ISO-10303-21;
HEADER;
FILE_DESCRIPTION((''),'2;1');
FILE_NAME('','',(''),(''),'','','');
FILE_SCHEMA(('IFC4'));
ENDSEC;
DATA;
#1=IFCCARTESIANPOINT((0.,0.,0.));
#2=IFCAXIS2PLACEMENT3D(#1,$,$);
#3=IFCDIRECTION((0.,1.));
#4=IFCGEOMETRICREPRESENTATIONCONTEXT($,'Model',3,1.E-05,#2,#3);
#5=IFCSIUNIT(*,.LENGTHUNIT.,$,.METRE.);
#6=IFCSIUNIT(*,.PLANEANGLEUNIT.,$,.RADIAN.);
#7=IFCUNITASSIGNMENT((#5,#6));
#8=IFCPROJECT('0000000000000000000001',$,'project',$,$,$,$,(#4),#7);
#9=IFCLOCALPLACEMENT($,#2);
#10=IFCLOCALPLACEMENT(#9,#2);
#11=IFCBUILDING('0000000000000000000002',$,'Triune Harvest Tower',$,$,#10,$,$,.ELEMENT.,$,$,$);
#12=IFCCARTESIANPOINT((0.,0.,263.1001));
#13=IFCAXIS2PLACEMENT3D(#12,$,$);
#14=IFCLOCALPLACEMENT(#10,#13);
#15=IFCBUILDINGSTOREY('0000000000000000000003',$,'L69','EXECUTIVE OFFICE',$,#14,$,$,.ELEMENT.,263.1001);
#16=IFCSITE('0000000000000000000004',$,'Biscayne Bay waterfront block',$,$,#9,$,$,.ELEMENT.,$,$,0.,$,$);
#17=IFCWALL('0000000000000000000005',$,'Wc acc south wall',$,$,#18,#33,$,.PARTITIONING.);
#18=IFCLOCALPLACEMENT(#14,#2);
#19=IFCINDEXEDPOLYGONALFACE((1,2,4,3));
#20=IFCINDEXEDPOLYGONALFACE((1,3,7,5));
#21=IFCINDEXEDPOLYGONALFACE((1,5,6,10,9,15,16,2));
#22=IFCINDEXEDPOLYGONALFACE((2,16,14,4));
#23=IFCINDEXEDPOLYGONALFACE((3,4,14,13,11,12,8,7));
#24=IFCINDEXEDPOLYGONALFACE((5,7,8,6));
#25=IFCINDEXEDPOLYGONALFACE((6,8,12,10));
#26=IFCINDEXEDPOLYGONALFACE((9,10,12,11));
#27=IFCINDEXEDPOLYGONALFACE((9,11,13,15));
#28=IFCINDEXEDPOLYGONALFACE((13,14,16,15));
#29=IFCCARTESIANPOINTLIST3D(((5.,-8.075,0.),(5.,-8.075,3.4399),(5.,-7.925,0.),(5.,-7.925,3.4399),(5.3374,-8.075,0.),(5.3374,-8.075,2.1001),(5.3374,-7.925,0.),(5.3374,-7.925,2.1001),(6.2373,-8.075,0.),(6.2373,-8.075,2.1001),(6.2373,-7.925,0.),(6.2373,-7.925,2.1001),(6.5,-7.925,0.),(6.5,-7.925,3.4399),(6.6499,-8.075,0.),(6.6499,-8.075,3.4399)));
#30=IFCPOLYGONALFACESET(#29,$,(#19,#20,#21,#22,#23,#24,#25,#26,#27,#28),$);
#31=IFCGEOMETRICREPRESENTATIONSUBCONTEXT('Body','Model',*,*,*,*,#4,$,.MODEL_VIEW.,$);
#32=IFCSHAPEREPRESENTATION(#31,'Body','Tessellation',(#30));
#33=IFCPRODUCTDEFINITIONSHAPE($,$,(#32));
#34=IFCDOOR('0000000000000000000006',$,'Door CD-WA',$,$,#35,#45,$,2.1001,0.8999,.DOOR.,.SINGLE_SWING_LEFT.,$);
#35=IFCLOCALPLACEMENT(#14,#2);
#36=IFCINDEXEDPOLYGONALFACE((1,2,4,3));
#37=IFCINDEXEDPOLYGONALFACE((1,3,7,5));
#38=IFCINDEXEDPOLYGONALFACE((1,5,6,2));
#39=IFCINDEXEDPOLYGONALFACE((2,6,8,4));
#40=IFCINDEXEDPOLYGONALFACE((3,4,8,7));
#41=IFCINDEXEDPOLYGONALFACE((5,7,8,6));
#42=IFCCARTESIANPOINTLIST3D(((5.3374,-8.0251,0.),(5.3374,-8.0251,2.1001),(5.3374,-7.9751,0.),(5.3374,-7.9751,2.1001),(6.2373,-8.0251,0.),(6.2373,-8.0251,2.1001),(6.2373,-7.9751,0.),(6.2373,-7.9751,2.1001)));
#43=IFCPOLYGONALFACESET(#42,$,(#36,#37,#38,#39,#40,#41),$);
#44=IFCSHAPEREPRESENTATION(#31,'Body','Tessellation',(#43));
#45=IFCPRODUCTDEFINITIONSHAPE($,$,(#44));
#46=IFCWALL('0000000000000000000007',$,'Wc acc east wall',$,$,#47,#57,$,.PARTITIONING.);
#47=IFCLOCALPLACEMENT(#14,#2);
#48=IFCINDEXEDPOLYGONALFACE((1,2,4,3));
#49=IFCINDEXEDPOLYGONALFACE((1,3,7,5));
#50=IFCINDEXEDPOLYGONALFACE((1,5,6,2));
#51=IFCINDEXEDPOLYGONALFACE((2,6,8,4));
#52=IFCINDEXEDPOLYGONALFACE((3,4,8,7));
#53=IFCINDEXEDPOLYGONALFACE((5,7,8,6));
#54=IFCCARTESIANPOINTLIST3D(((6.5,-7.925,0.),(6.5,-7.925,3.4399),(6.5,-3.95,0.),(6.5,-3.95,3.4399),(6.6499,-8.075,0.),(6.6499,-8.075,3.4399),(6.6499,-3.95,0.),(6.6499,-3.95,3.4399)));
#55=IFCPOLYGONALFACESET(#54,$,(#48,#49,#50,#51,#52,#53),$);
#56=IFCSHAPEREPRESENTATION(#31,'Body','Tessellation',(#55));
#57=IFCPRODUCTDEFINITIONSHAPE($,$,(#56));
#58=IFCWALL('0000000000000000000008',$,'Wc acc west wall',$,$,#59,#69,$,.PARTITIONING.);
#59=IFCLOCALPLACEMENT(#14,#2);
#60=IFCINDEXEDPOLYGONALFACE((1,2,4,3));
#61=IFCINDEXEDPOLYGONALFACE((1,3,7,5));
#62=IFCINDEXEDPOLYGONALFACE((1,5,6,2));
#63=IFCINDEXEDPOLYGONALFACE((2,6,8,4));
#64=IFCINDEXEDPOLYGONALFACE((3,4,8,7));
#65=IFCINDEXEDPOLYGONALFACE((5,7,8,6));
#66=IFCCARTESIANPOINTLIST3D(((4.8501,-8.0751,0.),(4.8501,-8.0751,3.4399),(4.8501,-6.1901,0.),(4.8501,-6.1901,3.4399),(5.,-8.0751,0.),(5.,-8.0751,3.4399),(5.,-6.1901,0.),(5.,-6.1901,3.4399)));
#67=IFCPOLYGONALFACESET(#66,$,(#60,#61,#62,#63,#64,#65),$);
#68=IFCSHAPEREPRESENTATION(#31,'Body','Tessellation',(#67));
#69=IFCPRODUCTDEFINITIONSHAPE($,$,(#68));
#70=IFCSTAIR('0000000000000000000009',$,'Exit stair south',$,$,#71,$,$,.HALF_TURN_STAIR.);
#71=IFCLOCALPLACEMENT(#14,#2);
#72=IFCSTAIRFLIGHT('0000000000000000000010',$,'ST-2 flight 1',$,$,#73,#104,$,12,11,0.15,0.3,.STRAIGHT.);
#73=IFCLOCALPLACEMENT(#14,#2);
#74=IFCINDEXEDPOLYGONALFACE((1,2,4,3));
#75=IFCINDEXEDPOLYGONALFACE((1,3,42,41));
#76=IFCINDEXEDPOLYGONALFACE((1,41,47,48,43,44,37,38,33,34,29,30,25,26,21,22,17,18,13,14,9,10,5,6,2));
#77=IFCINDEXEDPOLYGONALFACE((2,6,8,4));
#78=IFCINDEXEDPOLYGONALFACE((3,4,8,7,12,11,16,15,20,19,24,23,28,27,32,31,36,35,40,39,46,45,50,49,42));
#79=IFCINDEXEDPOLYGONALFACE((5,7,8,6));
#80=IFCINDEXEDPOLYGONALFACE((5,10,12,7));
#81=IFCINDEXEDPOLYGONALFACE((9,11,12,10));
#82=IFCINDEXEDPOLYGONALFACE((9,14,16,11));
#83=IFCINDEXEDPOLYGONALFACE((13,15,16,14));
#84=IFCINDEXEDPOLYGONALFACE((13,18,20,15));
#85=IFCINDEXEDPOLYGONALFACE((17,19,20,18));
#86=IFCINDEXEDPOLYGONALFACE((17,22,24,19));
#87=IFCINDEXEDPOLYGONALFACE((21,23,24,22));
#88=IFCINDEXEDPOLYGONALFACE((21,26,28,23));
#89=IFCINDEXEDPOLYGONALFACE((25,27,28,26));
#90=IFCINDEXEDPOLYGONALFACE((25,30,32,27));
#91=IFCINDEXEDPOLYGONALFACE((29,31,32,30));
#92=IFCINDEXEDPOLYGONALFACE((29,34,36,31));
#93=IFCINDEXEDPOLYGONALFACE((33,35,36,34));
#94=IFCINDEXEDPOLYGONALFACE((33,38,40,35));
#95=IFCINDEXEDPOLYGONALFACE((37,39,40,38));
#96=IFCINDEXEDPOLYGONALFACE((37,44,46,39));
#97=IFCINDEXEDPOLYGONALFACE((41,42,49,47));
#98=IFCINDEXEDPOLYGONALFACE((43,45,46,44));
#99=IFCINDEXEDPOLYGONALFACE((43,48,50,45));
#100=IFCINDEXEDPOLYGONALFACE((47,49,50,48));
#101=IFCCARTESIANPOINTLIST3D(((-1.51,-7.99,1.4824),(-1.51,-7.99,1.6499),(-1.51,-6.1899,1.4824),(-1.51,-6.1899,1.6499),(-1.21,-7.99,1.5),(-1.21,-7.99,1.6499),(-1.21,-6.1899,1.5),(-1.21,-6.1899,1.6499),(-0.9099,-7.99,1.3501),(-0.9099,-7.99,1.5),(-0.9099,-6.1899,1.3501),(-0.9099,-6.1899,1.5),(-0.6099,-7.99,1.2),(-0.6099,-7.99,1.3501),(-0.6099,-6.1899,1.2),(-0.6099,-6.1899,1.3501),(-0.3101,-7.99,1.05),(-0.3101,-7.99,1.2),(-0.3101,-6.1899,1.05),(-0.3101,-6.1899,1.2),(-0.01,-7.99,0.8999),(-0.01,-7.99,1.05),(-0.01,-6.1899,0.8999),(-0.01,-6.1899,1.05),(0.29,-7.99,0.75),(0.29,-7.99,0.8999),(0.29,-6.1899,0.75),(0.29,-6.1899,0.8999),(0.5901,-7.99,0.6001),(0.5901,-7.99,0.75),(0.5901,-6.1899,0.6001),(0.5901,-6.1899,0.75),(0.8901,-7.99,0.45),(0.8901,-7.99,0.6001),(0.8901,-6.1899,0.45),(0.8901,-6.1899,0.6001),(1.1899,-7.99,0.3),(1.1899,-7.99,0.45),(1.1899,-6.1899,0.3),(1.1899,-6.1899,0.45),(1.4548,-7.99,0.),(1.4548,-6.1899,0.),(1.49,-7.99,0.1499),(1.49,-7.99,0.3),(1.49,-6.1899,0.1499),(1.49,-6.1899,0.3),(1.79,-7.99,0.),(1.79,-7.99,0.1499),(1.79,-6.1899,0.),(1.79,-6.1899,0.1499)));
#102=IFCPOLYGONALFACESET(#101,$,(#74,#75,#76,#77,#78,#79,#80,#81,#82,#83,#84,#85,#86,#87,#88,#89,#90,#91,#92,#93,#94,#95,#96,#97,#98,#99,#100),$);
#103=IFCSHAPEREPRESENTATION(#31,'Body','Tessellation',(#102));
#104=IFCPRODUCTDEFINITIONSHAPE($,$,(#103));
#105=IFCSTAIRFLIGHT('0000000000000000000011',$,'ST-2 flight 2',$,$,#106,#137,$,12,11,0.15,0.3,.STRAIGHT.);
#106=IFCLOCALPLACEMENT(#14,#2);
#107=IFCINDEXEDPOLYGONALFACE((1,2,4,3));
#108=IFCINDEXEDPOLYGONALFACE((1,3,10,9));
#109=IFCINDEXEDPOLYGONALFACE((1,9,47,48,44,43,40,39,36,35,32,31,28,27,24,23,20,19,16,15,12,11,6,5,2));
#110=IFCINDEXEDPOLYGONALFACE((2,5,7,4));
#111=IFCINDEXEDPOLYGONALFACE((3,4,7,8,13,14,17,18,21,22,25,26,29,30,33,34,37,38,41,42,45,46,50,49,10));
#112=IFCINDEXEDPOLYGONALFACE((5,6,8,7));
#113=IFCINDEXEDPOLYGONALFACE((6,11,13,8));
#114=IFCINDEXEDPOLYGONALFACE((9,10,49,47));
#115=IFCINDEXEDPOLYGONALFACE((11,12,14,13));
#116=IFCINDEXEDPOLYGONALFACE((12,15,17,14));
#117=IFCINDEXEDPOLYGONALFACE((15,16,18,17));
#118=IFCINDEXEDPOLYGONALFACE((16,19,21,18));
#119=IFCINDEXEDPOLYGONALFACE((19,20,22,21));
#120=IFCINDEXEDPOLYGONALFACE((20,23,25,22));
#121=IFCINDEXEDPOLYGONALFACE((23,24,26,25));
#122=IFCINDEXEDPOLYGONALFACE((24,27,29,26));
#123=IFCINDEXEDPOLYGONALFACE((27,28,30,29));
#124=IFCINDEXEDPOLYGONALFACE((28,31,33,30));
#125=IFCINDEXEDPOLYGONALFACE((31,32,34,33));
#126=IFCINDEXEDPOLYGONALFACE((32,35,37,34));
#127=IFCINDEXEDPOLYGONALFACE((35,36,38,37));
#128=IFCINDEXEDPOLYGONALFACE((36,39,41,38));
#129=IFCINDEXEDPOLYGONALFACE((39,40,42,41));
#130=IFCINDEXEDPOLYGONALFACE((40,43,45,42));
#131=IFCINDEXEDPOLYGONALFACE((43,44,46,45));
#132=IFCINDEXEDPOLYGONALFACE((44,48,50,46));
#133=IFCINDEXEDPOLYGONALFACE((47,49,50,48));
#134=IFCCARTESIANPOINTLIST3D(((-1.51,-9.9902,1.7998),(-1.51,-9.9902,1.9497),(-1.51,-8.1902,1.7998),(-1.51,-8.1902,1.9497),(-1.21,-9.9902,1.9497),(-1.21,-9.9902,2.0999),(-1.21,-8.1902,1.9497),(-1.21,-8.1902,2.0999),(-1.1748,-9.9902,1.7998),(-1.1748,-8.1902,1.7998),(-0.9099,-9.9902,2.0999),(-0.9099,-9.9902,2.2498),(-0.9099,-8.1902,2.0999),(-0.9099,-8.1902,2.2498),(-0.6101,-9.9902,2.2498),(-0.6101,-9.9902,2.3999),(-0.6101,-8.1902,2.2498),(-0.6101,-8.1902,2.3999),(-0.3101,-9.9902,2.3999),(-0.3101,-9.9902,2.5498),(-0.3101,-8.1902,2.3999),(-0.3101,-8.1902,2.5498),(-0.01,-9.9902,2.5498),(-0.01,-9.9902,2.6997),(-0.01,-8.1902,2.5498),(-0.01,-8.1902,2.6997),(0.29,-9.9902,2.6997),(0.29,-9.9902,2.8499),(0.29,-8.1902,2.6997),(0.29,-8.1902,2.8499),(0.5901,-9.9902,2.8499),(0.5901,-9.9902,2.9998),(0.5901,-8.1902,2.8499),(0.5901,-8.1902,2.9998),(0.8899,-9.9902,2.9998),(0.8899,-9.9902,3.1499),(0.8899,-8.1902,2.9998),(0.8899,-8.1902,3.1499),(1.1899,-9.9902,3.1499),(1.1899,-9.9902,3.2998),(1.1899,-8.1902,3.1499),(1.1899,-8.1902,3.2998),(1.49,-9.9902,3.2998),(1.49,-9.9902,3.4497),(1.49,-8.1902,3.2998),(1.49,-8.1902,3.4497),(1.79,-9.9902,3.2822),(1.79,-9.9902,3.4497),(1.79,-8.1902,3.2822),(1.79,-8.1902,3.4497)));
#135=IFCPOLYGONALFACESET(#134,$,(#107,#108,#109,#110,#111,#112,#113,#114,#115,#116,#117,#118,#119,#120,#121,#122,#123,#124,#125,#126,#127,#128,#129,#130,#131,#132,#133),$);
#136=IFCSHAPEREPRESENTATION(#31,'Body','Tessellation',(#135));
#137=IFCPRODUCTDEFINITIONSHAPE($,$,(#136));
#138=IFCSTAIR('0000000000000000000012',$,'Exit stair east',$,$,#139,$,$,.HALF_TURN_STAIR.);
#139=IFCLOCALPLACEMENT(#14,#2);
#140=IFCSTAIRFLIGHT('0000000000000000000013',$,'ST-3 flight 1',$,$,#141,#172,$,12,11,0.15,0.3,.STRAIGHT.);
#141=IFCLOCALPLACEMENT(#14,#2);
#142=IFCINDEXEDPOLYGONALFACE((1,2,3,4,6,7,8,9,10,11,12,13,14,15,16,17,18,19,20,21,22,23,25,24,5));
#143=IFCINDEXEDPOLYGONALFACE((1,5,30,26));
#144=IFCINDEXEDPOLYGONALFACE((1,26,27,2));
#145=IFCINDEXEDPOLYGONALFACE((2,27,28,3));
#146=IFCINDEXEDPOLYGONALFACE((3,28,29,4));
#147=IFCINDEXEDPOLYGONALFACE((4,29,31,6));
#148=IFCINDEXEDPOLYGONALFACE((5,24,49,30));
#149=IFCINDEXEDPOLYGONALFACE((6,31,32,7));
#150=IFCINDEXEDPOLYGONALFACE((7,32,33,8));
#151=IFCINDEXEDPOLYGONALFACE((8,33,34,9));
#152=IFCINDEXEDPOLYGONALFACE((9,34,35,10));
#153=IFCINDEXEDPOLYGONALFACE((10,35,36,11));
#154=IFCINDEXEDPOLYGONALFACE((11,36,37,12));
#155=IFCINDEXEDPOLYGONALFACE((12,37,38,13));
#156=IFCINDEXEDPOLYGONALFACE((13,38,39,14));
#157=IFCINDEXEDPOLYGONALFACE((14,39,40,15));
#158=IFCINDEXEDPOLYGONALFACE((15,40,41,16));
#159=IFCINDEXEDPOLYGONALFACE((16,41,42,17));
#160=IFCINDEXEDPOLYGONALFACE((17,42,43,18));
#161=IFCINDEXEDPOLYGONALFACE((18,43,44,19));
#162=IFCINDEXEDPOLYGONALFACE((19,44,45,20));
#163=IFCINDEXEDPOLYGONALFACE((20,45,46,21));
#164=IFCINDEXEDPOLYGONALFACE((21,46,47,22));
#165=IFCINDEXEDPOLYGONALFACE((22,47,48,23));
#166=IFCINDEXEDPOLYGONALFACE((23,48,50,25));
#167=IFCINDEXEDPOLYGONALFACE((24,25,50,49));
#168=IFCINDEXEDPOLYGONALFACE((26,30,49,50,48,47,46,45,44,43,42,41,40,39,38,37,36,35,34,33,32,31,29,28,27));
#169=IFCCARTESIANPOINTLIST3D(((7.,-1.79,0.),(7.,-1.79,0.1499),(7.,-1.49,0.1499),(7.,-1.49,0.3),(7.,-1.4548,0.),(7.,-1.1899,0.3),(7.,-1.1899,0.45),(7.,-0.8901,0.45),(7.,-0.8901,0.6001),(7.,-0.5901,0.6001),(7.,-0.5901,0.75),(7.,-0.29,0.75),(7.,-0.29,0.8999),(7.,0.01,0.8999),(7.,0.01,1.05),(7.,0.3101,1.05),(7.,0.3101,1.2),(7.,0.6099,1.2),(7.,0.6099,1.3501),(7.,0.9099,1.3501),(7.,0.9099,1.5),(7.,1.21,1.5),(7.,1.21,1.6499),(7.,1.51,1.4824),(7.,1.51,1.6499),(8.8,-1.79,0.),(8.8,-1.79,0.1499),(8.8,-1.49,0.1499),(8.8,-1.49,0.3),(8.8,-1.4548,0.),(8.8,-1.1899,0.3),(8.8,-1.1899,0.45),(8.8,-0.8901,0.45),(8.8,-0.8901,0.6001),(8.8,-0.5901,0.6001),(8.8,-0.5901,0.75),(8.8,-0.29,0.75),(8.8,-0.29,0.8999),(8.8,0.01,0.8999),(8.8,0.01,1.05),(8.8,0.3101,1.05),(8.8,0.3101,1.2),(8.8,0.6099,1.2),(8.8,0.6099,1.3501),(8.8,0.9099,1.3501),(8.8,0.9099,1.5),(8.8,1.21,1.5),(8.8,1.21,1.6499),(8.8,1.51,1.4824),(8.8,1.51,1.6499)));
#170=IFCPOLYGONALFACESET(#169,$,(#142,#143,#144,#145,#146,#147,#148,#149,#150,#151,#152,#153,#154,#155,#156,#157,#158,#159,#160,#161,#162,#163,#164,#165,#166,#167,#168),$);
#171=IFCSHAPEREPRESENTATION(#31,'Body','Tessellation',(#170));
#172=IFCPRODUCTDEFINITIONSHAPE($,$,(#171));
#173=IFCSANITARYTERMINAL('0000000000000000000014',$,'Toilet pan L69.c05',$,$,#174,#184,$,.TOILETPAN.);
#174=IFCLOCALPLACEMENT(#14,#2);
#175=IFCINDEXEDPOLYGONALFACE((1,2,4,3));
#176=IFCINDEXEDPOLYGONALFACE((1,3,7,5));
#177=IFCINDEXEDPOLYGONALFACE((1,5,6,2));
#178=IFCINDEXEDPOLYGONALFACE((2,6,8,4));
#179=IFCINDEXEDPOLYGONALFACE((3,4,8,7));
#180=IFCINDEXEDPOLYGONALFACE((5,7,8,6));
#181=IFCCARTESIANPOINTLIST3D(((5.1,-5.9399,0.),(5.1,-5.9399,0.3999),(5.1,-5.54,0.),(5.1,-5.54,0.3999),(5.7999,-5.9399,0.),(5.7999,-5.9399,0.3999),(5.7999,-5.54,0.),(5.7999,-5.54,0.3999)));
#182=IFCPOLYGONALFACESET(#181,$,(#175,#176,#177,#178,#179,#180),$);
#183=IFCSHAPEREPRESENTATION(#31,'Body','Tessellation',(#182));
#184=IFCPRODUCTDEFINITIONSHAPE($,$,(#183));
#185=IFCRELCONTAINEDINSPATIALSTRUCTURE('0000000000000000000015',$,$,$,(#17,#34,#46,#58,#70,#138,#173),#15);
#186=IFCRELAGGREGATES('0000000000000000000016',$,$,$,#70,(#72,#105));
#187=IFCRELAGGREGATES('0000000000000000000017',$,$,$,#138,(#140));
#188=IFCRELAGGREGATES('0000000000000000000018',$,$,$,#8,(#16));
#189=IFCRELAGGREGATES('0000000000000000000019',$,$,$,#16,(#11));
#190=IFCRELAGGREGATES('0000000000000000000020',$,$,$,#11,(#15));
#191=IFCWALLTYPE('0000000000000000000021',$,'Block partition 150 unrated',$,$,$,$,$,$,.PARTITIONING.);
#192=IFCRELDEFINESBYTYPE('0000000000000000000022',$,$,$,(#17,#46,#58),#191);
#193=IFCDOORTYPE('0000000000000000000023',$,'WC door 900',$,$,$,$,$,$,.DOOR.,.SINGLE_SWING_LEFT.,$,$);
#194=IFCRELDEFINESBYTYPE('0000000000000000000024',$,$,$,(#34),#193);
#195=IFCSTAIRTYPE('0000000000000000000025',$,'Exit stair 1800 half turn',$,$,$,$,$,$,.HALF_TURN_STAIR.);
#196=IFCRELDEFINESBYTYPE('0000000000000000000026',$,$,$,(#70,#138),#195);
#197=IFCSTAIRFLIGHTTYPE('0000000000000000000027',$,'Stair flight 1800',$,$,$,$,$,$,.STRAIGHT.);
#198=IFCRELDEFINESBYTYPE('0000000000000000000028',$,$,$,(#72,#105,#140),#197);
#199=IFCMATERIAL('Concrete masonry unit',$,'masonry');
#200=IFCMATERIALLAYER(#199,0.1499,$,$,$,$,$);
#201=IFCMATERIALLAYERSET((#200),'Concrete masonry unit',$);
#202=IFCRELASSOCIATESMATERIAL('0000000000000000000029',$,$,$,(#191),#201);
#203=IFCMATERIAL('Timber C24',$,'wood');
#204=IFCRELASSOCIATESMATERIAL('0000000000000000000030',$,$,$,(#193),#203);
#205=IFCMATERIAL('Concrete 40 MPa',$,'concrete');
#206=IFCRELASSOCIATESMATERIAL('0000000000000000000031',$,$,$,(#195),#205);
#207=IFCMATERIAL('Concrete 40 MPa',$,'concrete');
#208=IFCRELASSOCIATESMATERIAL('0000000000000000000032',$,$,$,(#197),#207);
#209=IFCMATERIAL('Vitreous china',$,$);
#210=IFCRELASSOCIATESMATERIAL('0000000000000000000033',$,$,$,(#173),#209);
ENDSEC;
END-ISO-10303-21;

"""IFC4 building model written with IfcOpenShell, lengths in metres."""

from ifc_helpers import new_model, si_unit, direction, frame, frame_2d, origin, origin_2d, place, context, subcontext, project, spatial, polyline, rectangle, outline, extrude, source, transform, mapped, material, layer, layer_set, type_object, element, fill, aggregate, save


model = new_model("IFC4")

# Units and contexts
model_context = context("Model", 3, precision=1e-05, world=origin(), true_north=direction((0.0, 1.0)))
body_context = subcontext(model_context, "Body", "Model", "MODEL_VIEW")
ifc_project = project(units=[si_unit("LENGTHUNIT", "METRE"), si_unit("PLANEANGLEUNIT", "RADIAN")], contexts=[model_context])

# Site, building, storey
site_placement = place(None, origin())
site = spatial("IfcSite", under=ifc_project, at=site_placement, Name="Biscayne Bay waterfront block", CompositionType="ELEMENT", RefElevation=0.0)
building_placement = place(site_placement, origin())
building = spatial("IfcBuilding", under=site, at=building_placement, Name="Triune Harvest Tower", CompositionType="ELEMENT")
storey_placement = place(building_placement, frame((0.0, 0.0, 263.1001)))
storey = spatial("IfcBuildingStorey", under=building, at=storey_placement, Name="L69", Description="EXECUTIVE OFFICE", CompositionType="ELEMENT", Elevation=263.1001)

# Wall, opening, door
ifc_material_1 = material(Name="Concrete masonry unit", Category="masonry")
ifc_layer_1 = layer(ifc_material_1, 0.1499)
ifc_layer_set_1 = layer_set([ifc_layer_1], Name="Concrete masonry unit")
wall_type_1 = type_object("IfcWallType", Name="Block partition 150 unrated", PredefinedType="PARTITIONING", material=ifc_layer_set_1)
shared_shape_1 = source(origin(), body_context, "Body", "SweptSolid", [
    extrude(outline(polyline([(0.0, -0.075), (1.6499, -0.075), (1.5, 0.075), (0.0, 0.075), (0.0, -0.075)])), origin(), (0.0, 0.0, 1.0), 3.4399),
])
wall_1_placement = place(storey_placement, frame((5.0, -8.0, 0.0), z_axis=(0.0, 0.0, 1.0), x_axis=(1.0, 0.0, 0.0)))
wall_1 = element("IfcWall", 1, at=wall_1_placement, inside=storey, type_object=wall_type_1, Name="Wc acc south wall", PredefinedType="PARTITIONING", context=body_context, shape_type="MappedRepresentation", body=[
    mapped(shared_shape_1, transform((0.0, 0.0, 0.0), scale=1.0)),
])
opening_1_placement = place(wall_1_placement, frame((0.3374, 0.0, 0.0)))
opening_1 = element("IfcOpeningElement", 2, at=opening_1_placement, cuts=wall_1, PredefinedType="OPENING", context=body_context, shape_type="SweptSolid", body=[
    extrude(rectangle(XDim=0.8999, YDim=2.1001, at=frame_2d((0.45, 1.05))), frame((0.0, 0.085, 0.0), z_axis=(0.0, -1.0, 0.0), x_axis=(1.0, 0.0, 0.0)), (0.0, 0.0, 1.0), 0.1699),
])
ifc_material_2 = material(Name="Timber C24", Category="wood")
door_type_1 = type_object("IfcDoorType", Name="WC door 900", OperationType="SINGLE_SWING_LEFT", PredefinedType="DOOR", material=ifc_material_2)
door_1_placement = place(opening_1_placement, origin())
door_1 = element("IfcDoor", 3, at=door_1_placement, inside=storey, type_object=door_type_1, Name="Door CD-WA", OperationType="SINGLE_SWING_LEFT", OverallHeight=2.1001, OverallWidth=0.8999, PredefinedType="DOOR", context=body_context, shape_type="SweptSolid", body=[
    extrude(rectangle(XDim=0.8999, YDim=2.1001, at=frame_2d((0.45, 1.05))), frame((0.0, 0.0249, 0.0), z_axis=(0.0, -1.0, 0.0), x_axis=(1.0, 0.0, 0.0)), (0.0, 0.0, 1.0), 0.05),
])
fill(opening_1, door_1)

# Walls
shared_shape_2 = source(origin(), body_context, "Body", "SweptSolid", [
    extrude(outline(polyline([(-0.075, -0.075), (4.05, -0.075), (4.05, 0.075), (0.075, 0.075), (-0.075, -0.075)])), origin(), (0.0, 0.0, 1.0), 3.4399),
])
wall_2_placement = place(storey_placement, frame((6.575, -8.0, 0.0), z_axis=(0.0, 0.0, 1.0), x_axis=(0.0, 1.0, 0.0)))
element("IfcWall", 4, at=wall_2_placement, inside=storey, type_object=wall_type_1, Name="Wc acc east wall", PredefinedType="PARTITIONING", context=body_context, shape_type="MappedRepresentation", body=[
    mapped(shared_shape_2, transform((0.0, 0.0, 0.0), scale=1.0)),
])
shared_shape_3 = source(origin(), body_context, "Body", "SweptSolid", [
    extrude(rectangle(XDim=1.885, YDim=0.1499, at=frame_2d((0.9424, 0.0))), origin(), (0.0, 0.0, 1.0), 3.4399),
])
wall_3_placement = place(storey_placement, frame((4.925, -8.075, 0.0), z_axis=(0.0, 0.0, 1.0), x_axis=(0.0, 1.0, 0.0)))
element("IfcWall", 5, at=wall_3_placement, inside=storey, type_object=wall_type_1, Name="Wc acc west wall", PredefinedType="PARTITIONING", context=body_context, shape_type="MappedRepresentation", body=[
    mapped(shared_shape_3, transform((0.0, 0.0, 0.0), scale=1.0)),
])

# Stair, stair flights
ifc_material_3 = material(Name="Concrete 40 MPa", Category="concrete")
stair_type = type_object("IfcStairType", Name="Exit stair 1800 half turn", PredefinedType="HALF_TURN_STAIR", material=ifc_material_3)
stair_1_placement = place(storey_placement, origin())
stair_1 = element("IfcStair", 6, at=stair_1_placement, inside=storey, type_object=stair_type, Name="Exit stair south", PredefinedType="HALF_TURN_STAIR")
ifc_material_4 = material(Name="Concrete 40 MPa", Category="concrete")
stair_flight_type = type_object("IfcStairFlightType", Name="Stair flight 1800", PredefinedType="STRAIGHT", material=ifc_material_4)
shared_shape_4 = source(origin(), body_context, "Body", "SweptSolid", [
    extrude(outline(polyline([(0.0, 0.0), (0.0, 0.1499), (0.3, 0.1499), (0.3, 0.3), (0.6001, 0.3), (0.6001, 0.45), (0.8999, 0.45), (0.8999, 0.6001), (1.2, 0.6001), (1.2, 0.75), (1.5, 0.75), (1.5, 0.8999), (1.8, 0.8999), (1.8, 1.05), (2.1001, 1.05), (2.1001, 1.2), (2.3999, 1.2), (2.3999, 1.3501), (2.7, 1.3501), (2.7, 1.5), (3.0, 1.5), (3.0, 1.6499), (3.3, 1.6499), (3.3, 1.8), (3.3, 1.4824), (0.3352, 0.0), (0.0, 0.0)])), frame((0.0, 0.8999, 0.0), z_axis=(0.0, -1.0, 0.0), x_axis=(1.0, 0.0, 0.0)), (0.0, 0.0, 1.0), 1.8),
])
stair_flight_1_placement = place(storey_placement, frame((1.79, -7.0901, 0.0), z_axis=(0.0, 0.0, 1.0), x_axis=(-1.0, 0.0, 0.0)))
stair_flight_1 = element("IfcStairFlight", 7, at=stair_flight_1_placement, type_object=stair_flight_type, Name="ST-2 flight 1", NumberOfRisers=12, NumberOfTreads=11, PredefinedType="STRAIGHT", RiserHeight=0.15, TreadLength=0.3, context=body_context, shape_type="MappedRepresentation", body=[
    mapped(shared_shape_4, transform((0.0, 0.0, 0.0), scale=1.0)),
])
stair_flight_2_placement = place(storey_placement, frame((-1.51, -9.0901, 1.7998), z_axis=(0.0, 0.0, 1.0), x_axis=(1.0, 0.0, 0.0)))
stair_flight_2 = element("IfcStairFlight", 8, at=stair_flight_2_placement, type_object=stair_flight_type, Name="ST-2 flight 2", NumberOfRisers=12, NumberOfTreads=11, PredefinedType="STRAIGHT", RiserHeight=0.15, TreadLength=0.3, context=body_context, shape_type="MappedRepresentation", body=[
    mapped(shared_shape_4, transform((0.0, 0.0, 0.0), scale=1.0)),
])
aggregate(stair_1, [stair_flight_1, stair_flight_2])

# Stair, stair flight
stair_2_placement = place(storey_placement, origin())
stair_2 = element("IfcStair", 9, at=stair_2_placement, inside=storey, type_object=stair_type, Name="Exit stair east", PredefinedType="HALF_TURN_STAIR")
stair_flight_3_placement = place(storey_placement, frame((7.8999, -1.79, 0.0), z_axis=(0.0, 0.0, 1.0), x_axis=(0.0, 1.0, 0.0)))
stair_flight_3 = element("IfcStairFlight", 10, at=stair_flight_3_placement, type_object=stair_flight_type, Name="ST-3 flight 1", NumberOfRisers=12, NumberOfTreads=11, PredefinedType="STRAIGHT", RiserHeight=0.15, TreadLength=0.3, context=body_context, shape_type="MappedRepresentation", body=[
    mapped(shared_shape_4, transform((0.0, 0.0, 0.0), scale=1.0)),
])
aggregate(stair_2, [stair_flight_3])

# Sanitary terminal
ifc_material_5 = material(Name="Vitreous china")
shared_shape_5 = source(origin(), body_context, "Body", "SweptSolid", [
    extrude(rectangle(XDim=0.3999, YDim=0.7, at=origin_2d()), origin(), (0.0, 0.0, 1.0), 0.3999),
])
sanitary_terminal_1_placement = place(storey_placement, frame((5.45, -5.74, 0.0), z_axis=(0.0, 0.0, 1.0), x_axis=(0.0, 1.0, 0.0)))
element("IfcSanitaryTerminal", 11, at=sanitary_terminal_1_placement, inside=storey, material=ifc_material_5, Name="Toilet pan L69.c05", PredefinedType="TOILETPAN", context=body_context, shape_type="MappedRepresentation", body=[
    mapped(shared_shape_5, transform((0.0, 0.0, 0.0), scale=1.0)),
])

save(model, "model.ifc")
